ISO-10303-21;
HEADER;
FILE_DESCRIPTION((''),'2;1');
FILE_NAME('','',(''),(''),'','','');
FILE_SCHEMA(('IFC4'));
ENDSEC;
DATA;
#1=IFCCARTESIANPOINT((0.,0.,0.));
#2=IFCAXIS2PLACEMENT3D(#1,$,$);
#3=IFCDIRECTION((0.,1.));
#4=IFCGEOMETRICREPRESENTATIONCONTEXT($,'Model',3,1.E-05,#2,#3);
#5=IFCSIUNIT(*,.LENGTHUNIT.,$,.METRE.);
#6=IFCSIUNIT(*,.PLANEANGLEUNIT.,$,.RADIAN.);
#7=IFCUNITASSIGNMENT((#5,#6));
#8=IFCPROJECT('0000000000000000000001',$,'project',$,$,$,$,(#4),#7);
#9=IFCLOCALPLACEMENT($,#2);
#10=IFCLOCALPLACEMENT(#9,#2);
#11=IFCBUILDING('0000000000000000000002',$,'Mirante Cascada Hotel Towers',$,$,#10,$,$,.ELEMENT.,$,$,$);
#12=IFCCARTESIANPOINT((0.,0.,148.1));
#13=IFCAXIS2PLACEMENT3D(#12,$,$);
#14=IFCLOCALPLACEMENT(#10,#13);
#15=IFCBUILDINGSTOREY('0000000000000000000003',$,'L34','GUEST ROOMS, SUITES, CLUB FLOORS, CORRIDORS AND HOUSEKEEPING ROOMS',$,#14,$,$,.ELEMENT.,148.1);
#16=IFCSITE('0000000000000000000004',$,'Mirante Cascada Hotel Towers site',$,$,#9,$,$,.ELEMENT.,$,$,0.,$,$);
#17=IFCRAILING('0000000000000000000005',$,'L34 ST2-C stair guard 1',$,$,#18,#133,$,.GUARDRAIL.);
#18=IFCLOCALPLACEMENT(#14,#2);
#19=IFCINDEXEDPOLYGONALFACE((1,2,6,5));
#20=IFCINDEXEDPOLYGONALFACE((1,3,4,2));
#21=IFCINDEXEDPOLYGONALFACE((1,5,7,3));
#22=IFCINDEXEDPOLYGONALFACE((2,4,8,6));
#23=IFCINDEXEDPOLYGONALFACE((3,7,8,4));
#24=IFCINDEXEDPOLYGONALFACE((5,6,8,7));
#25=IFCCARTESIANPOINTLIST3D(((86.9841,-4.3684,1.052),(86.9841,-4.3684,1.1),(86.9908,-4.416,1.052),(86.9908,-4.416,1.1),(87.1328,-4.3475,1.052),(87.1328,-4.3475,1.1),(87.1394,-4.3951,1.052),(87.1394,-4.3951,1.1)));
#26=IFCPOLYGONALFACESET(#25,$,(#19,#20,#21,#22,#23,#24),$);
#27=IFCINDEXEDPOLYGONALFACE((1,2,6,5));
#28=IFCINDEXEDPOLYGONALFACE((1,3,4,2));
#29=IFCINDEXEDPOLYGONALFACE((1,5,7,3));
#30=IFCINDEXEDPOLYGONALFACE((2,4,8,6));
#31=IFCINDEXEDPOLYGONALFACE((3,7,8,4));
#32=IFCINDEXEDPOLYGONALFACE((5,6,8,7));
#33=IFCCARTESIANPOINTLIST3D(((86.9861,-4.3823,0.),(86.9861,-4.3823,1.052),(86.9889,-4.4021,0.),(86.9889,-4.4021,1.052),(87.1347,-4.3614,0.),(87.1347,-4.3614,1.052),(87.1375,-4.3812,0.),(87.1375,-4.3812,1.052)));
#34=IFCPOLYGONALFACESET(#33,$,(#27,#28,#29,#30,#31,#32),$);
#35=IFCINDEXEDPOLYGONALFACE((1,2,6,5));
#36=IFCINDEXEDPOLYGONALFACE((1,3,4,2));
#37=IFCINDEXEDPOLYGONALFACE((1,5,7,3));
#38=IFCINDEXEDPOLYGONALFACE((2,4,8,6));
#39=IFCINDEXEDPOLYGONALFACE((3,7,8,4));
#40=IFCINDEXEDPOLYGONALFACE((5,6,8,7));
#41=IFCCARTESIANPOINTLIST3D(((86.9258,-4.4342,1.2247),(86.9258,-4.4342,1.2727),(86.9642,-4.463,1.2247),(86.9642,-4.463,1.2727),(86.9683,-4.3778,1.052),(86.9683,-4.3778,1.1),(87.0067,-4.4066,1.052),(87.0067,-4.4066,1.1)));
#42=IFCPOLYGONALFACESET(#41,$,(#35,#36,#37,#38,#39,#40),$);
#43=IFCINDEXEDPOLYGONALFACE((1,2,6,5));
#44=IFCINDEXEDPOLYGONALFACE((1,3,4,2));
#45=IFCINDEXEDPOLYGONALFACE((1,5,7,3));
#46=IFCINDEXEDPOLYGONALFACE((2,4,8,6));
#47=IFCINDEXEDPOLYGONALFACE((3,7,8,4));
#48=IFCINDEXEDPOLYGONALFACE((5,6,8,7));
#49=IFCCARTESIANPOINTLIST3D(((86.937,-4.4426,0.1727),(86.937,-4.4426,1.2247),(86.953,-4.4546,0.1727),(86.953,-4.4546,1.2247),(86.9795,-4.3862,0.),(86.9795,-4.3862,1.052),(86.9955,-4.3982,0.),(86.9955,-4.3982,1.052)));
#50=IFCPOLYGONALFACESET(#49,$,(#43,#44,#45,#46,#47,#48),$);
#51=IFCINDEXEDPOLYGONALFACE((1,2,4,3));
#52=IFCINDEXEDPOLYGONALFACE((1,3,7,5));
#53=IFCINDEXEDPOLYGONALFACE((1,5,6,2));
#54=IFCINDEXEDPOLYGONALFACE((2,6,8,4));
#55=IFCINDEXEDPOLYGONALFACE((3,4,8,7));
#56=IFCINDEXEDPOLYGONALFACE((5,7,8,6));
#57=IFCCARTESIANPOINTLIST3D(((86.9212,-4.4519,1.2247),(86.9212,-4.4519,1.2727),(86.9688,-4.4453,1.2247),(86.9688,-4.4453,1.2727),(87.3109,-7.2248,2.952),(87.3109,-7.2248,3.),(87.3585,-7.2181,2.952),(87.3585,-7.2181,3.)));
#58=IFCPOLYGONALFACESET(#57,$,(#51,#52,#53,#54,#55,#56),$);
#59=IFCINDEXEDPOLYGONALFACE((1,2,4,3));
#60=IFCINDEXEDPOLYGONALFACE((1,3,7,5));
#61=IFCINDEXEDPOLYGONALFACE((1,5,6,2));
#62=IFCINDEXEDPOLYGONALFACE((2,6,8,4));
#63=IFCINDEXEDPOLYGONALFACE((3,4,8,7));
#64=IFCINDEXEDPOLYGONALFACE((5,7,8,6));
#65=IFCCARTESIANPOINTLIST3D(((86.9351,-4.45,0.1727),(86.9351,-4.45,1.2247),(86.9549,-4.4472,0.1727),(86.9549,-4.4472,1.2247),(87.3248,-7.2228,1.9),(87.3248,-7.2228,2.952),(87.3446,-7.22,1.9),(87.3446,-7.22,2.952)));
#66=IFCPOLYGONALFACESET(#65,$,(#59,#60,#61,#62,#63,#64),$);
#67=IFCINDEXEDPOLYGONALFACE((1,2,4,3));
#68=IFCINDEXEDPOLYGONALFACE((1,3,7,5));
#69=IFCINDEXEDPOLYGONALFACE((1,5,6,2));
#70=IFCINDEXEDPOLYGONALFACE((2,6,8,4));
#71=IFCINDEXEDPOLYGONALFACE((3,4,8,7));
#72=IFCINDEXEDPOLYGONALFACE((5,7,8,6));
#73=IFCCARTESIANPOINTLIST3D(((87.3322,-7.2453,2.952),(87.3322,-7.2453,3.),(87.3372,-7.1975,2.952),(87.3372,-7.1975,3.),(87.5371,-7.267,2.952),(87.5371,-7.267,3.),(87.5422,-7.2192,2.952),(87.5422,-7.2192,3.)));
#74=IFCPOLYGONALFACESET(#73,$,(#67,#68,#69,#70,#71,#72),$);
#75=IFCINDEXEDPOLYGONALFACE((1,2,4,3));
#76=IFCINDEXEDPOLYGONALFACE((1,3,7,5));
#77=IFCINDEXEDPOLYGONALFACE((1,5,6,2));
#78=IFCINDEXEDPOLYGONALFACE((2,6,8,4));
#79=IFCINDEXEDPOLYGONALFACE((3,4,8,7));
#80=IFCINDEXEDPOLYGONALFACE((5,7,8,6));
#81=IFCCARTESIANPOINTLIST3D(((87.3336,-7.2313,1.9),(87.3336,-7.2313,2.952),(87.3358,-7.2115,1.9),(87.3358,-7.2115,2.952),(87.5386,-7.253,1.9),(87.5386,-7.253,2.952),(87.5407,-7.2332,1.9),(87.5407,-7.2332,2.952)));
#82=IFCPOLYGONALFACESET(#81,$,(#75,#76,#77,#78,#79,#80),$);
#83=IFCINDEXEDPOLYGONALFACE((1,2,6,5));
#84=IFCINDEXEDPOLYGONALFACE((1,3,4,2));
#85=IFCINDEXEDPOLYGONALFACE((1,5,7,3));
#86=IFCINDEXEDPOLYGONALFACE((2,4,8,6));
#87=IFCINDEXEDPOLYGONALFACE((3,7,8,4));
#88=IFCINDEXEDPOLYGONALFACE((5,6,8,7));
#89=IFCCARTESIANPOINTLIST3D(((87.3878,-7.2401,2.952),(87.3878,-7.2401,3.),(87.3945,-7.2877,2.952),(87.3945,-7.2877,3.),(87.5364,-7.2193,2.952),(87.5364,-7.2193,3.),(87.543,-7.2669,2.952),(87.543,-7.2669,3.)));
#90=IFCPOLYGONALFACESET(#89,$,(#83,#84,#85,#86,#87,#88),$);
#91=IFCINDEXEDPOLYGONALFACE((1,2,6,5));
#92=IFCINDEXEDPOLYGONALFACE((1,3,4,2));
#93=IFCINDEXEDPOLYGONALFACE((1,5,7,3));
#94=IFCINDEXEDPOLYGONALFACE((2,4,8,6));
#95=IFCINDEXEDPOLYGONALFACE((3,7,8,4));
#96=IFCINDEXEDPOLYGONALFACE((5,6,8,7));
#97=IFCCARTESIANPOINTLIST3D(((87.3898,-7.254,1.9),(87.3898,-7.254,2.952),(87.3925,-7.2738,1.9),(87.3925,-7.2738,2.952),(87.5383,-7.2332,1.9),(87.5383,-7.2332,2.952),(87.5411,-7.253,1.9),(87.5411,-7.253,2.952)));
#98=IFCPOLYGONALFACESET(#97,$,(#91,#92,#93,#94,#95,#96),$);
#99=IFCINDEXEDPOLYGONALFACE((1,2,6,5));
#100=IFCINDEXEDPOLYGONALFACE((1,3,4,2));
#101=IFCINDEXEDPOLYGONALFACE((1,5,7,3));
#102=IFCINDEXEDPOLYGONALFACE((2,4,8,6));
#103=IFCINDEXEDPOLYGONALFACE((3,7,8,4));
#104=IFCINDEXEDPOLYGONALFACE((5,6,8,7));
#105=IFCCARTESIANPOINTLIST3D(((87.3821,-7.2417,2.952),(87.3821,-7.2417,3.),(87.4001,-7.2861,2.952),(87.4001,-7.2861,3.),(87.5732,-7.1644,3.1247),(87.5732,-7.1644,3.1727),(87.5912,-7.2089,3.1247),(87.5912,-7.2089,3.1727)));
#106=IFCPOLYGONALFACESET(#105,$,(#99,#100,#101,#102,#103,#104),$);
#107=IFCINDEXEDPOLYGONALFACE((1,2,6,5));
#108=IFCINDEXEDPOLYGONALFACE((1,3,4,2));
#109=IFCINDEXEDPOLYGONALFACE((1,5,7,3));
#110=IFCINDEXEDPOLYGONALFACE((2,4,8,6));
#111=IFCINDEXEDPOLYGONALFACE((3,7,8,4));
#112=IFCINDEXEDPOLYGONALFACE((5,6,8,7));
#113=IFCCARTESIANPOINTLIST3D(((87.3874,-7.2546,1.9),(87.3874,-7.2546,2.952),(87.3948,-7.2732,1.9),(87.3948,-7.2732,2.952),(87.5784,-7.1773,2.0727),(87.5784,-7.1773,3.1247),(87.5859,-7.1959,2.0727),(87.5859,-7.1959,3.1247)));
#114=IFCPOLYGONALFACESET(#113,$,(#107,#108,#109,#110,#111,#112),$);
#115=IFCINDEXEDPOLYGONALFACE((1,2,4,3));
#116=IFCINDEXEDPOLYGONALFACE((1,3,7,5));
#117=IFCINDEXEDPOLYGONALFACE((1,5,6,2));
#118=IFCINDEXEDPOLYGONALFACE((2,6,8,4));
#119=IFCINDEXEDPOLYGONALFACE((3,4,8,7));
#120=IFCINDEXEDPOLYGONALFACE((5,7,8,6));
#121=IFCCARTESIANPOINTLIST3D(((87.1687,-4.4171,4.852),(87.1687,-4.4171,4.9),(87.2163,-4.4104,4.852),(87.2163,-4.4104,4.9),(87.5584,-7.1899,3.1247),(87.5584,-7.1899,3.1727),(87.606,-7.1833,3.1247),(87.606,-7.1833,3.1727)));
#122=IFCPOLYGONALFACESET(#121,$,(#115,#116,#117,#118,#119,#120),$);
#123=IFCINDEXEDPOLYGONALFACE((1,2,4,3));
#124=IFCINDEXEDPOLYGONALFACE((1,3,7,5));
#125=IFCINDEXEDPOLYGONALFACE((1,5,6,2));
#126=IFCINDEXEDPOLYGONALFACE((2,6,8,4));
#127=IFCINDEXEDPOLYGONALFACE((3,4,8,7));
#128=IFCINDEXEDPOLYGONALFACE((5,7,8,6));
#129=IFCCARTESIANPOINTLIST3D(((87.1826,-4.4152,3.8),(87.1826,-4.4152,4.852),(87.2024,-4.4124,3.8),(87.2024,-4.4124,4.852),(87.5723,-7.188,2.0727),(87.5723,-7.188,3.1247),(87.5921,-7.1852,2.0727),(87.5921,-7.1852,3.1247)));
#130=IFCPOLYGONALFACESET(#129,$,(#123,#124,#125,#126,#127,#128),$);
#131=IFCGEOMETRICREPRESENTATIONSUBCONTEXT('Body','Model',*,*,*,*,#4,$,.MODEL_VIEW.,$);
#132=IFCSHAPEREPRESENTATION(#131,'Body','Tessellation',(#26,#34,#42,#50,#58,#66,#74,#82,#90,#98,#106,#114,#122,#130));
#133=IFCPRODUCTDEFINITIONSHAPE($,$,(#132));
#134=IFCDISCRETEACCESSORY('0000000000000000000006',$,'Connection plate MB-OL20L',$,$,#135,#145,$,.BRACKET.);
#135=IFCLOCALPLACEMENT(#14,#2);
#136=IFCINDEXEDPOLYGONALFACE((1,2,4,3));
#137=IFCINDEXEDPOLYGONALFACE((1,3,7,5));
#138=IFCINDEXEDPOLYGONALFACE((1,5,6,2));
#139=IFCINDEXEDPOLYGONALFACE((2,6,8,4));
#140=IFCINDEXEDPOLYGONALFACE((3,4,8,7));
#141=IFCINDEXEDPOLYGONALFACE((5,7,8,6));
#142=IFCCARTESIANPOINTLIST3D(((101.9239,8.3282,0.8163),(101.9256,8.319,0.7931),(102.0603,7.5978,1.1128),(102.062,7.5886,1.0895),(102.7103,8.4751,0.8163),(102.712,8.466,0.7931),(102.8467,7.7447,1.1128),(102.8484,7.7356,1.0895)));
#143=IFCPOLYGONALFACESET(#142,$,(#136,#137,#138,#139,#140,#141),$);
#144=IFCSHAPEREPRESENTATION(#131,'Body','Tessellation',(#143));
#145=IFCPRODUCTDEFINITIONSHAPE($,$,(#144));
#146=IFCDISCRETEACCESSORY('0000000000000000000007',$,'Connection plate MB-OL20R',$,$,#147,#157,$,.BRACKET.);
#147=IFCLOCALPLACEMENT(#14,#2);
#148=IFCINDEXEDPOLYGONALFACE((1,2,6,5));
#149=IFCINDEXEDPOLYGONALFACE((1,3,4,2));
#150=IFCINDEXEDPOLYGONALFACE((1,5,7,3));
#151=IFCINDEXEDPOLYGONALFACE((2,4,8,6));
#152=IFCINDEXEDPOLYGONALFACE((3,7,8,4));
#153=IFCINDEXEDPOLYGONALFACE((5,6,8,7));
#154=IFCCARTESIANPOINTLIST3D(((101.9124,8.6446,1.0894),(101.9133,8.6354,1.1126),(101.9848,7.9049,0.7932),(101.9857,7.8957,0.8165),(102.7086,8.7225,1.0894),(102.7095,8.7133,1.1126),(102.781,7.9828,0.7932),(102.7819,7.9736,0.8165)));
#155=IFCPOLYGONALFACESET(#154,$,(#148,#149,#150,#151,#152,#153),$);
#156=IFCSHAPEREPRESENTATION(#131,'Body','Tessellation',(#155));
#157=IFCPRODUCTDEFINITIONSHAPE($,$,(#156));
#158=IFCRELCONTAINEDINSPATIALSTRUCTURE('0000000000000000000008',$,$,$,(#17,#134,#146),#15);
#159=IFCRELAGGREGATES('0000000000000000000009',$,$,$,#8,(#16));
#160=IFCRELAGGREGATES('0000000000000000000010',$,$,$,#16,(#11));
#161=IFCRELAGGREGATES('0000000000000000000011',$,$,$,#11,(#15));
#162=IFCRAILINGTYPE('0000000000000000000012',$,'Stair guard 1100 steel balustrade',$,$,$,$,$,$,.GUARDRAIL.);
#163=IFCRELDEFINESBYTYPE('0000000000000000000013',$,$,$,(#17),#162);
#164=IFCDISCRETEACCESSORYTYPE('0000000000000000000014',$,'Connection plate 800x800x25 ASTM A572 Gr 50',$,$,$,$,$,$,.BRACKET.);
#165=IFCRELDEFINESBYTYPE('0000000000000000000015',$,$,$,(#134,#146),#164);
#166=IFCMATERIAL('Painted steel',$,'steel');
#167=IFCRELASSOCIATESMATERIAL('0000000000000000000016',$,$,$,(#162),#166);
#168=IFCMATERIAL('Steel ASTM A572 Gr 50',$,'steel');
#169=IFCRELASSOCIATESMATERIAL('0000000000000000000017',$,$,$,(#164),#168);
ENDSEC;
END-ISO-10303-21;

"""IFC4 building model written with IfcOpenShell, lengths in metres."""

from ifc_helpers import new_model, si_unit, direction, frame, origin, origin_2d, place, context, subcontext, project, spatial, rectangle, extrude, material, material_profile, profile_set, type_object, element, save


model = new_model("IFC4")

# Units and contexts
model_context = context("Model", 3, precision=1e-05, world=origin(), true_north=direction((0.0, 1.0)))
body_context = subcontext(model_context, "Body", "Model", "MODEL_VIEW")
ifc_project = project(units=[si_unit("LENGTHUNIT", "METRE"), si_unit("PLANEANGLEUNIT", "RADIAN")], contexts=[model_context])

# Site, building, storey
site_placement = place(None, origin())
site = spatial("IfcSite", under=ifc_project, at=site_placement, Name="Mirante Cascada Hotel Towers site", CompositionType="ELEMENT", RefElevation=0.0)
building_placement = place(site_placement, origin())
building = spatial("IfcBuilding", under=site, at=building_placement, Name="Mirante Cascada Hotel Towers", CompositionType="ELEMENT")
storey_placement = place(building_placement, frame((0.0, 0.0, 148.1)))
storey = spatial("IfcBuildingStorey", under=building, at=storey_placement, Name="L34", Description="GUEST ROOMS, SUITES, CLUB FLOORS, CORRIDORS AND HOUSEKEEPING ROOMS", CompositionType="ELEMENT", Elevation=148.1)

# Railing
ifc_material_1 = material(Name="Painted steel", Category="steel")
railing_type_1 = type_object("IfcRailingType", Name="Stair guard 1100 steel balustrade", PredefinedType="GUARDRAIL", material=ifc_material_1)
railing_1_placement = place(storey_placement, frame((87.1361, -4.3713, 0.0)))
element("IfcRailing", 1, at=railing_1_placement, inside=storey, type_object=railing_type_1, Name="L34 ST2-C stair guard 1", PredefinedType="GUARDRAIL", context=body_context, shape_type="SweptSolid", body=[
    extrude(rectangle(XDim=0.048, YDim=0.048, at=origin_2d()), frame((0.0, 0.0, 1.076), z_axis=(-0.990254, -0.139275, 0.0), x_axis=(0.139275, -0.990254, 0.0)), (0.0, 0.0, 1.0), 0.1501),
    extrude(rectangle(XDim=0.02, YDim=1.052, at=origin_2d()), frame((0.0, 0.0, 0.526), z_axis=(-0.990254, -0.139275, 0.0), x_axis=(0.139275, -0.990254, 0.0)), (0.0, 0.0, 1.0), 0.1501),
    extrude(rectangle(XDim=0.048, YDim=0.048, at=origin_2d()), frame((-0.1486, -0.0209, 1.076), z_axis=(-0.601811, -0.798639, 0.0), x_axis=(0.798639, -0.601811, 0.0)), (0.0, 0.925603, 0.378496), 0.1866),
    extrude(rectangle(XDim=0.02, YDim=1.052, at=origin_2d()), frame((-0.1486, -0.0209, 0.526), z_axis=(-0.601811, -0.798639, 0.0), x_axis=(0.798639, -0.601811, 0.0)), (0.0, 0.925603, 0.378496), 0.1866),
    extrude(rectangle(XDim=0.048, YDim=0.048, at=origin_2d()), frame((-0.1911, -0.0773, 1.2487), z_axis=(0.139176, -0.990268, 0.0), x_axis=(0.990268, 0.139176, 0.0)), (0.0, 0.525021, 0.851089), 3.29),
    extrude(rectangle(XDim=0.02, YDim=1.052, at=origin_2d()), frame((-0.1911, -0.0773, 0.6987), z_axis=(0.139176, -0.990268, 0.0), x_axis=(0.990268, 0.139176, 0.0)), (0.0, 0.525021, 0.851089), 3.29),
    extrude(rectangle(XDim=0.048, YDim=0.048, at=origin_2d()), frame((0.1986, -2.8501, 2.976), z_axis=(0.994444, -0.105266, 0.0), x_axis=(0.105266, 0.994444, 0.0)), (0.0, 0.0, 1.0), 0.2061),
    extrude(rectangle(XDim=0.02, YDim=1.052, at=origin_2d()), frame((0.1986, -2.8501, 2.426), z_axis=(0.994444, -0.105266, 0.0), x_axis=(0.105266, 0.994444, 0.0)), (0.0, 0.0, 1.0), 0.2061),
    extrude(rectangle(XDim=0.048, YDim=0.048, at=origin_2d()), frame((0.4036, -2.8718, 2.976), z_axis=(-0.990345, -0.138622, 0.0), x_axis=(0.138622, -0.990345, 0.0)), (0.0, 0.0, 1.0), 0.15),
    extrude(rectangle(XDim=0.02, YDim=1.052, at=origin_2d()), frame((0.4036, -2.8718, 2.426), z_axis=(-0.990345, -0.138622, 0.0), x_axis=(0.138622, -0.990345, 0.0)), (0.0, 0.0, 1.0), 0.15),
    extrude(rectangle(XDim=0.048, YDim=0.048, at=origin_2d()), frame((0.255, -2.8926, 2.976), z_axis=(0.927031, 0.374984, 0.0), x_axis=(-0.374984, 0.927031, 0.0)), (0.0, 0.64219, 0.766545), 0.2689),
    extrude(rectangle(XDim=0.02, YDim=1.052, at=origin_2d()), frame((0.255, -2.8926, 2.426), z_axis=(0.927031, 0.374984, 0.0), x_axis=(-0.374984, 0.927031, 0.0)), (0.0, 0.64219, 0.766545), 0.2689),
    extrude(rectangle(XDim=0.048, YDim=0.048, at=origin_2d()), frame((0.4461, -2.8153, 3.1487), z_axis=(-0.139176, 0.990268, 0.0), x_axis=(-0.990268, -0.139176, 0.0)), (0.0, 0.525021, 0.851089), 3.29),
    extrude(rectangle(XDim=0.02, YDim=1.052, at=origin_2d()), frame((0.4461, -2.8153, 2.5987), z_axis=(-0.139176, 0.990268, 0.0), x_axis=(-0.990268, -0.139176, 0.0)), (0.0, 0.525021, 0.851089), 3.29),
])

# Discrete accessories
ifc_material_2 = material(Name="Steel ASTM A572 Gr 50", Category="steel")
ifc_material_profile_1 = material_profile(ifc_material_2, rectangle(XDim=0.8, YDim=0.8, at=origin_2d()), Name="Connection plate 800x800x25 ASTM A572 Gr 50")
ifc_profile_set_1 = profile_set([ifc_material_profile_1], Name="Steel ASTM A572 Gr 50")
discrete_accessory_type = type_object("IfcDiscreteAccessoryType", Name="Connection plate 800x800x25 ASTM A572 Gr 50", PredefinedType="BRACKET", material=ifc_profile_set_1)
for number, where, z_axis, x_axis, name in (
    (2, (102.387, 8.0273, 0.9413), (-0.068058, 0.364309, 0.928788), (-0.982994, -0.183636, 0.0), "Connection plate MB-OL20L"),
    (3, (102.3467, 8.3137, 0.9413), (0.036038, -0.368386, 0.928974), (0.995249, 0.097361, 0.0), "Connection plate MB-OL20R"),
):
    element("IfcDiscreteAccessory", number, at=place(storey_placement, frame(where, z_axis=z_axis, x_axis=x_axis)), inside=storey, type_object=discrete_accessory_type, Name=name, PredefinedType="BRACKET", context=body_context, shape_type="SweptSolid", body=[
        extrude(rectangle(XDim=0.8, YDim=0.8, at=origin_2d()), origin(), (0.0, 0.0, 1.0), 0.025),
    ])

save(model, "model.ifc")
